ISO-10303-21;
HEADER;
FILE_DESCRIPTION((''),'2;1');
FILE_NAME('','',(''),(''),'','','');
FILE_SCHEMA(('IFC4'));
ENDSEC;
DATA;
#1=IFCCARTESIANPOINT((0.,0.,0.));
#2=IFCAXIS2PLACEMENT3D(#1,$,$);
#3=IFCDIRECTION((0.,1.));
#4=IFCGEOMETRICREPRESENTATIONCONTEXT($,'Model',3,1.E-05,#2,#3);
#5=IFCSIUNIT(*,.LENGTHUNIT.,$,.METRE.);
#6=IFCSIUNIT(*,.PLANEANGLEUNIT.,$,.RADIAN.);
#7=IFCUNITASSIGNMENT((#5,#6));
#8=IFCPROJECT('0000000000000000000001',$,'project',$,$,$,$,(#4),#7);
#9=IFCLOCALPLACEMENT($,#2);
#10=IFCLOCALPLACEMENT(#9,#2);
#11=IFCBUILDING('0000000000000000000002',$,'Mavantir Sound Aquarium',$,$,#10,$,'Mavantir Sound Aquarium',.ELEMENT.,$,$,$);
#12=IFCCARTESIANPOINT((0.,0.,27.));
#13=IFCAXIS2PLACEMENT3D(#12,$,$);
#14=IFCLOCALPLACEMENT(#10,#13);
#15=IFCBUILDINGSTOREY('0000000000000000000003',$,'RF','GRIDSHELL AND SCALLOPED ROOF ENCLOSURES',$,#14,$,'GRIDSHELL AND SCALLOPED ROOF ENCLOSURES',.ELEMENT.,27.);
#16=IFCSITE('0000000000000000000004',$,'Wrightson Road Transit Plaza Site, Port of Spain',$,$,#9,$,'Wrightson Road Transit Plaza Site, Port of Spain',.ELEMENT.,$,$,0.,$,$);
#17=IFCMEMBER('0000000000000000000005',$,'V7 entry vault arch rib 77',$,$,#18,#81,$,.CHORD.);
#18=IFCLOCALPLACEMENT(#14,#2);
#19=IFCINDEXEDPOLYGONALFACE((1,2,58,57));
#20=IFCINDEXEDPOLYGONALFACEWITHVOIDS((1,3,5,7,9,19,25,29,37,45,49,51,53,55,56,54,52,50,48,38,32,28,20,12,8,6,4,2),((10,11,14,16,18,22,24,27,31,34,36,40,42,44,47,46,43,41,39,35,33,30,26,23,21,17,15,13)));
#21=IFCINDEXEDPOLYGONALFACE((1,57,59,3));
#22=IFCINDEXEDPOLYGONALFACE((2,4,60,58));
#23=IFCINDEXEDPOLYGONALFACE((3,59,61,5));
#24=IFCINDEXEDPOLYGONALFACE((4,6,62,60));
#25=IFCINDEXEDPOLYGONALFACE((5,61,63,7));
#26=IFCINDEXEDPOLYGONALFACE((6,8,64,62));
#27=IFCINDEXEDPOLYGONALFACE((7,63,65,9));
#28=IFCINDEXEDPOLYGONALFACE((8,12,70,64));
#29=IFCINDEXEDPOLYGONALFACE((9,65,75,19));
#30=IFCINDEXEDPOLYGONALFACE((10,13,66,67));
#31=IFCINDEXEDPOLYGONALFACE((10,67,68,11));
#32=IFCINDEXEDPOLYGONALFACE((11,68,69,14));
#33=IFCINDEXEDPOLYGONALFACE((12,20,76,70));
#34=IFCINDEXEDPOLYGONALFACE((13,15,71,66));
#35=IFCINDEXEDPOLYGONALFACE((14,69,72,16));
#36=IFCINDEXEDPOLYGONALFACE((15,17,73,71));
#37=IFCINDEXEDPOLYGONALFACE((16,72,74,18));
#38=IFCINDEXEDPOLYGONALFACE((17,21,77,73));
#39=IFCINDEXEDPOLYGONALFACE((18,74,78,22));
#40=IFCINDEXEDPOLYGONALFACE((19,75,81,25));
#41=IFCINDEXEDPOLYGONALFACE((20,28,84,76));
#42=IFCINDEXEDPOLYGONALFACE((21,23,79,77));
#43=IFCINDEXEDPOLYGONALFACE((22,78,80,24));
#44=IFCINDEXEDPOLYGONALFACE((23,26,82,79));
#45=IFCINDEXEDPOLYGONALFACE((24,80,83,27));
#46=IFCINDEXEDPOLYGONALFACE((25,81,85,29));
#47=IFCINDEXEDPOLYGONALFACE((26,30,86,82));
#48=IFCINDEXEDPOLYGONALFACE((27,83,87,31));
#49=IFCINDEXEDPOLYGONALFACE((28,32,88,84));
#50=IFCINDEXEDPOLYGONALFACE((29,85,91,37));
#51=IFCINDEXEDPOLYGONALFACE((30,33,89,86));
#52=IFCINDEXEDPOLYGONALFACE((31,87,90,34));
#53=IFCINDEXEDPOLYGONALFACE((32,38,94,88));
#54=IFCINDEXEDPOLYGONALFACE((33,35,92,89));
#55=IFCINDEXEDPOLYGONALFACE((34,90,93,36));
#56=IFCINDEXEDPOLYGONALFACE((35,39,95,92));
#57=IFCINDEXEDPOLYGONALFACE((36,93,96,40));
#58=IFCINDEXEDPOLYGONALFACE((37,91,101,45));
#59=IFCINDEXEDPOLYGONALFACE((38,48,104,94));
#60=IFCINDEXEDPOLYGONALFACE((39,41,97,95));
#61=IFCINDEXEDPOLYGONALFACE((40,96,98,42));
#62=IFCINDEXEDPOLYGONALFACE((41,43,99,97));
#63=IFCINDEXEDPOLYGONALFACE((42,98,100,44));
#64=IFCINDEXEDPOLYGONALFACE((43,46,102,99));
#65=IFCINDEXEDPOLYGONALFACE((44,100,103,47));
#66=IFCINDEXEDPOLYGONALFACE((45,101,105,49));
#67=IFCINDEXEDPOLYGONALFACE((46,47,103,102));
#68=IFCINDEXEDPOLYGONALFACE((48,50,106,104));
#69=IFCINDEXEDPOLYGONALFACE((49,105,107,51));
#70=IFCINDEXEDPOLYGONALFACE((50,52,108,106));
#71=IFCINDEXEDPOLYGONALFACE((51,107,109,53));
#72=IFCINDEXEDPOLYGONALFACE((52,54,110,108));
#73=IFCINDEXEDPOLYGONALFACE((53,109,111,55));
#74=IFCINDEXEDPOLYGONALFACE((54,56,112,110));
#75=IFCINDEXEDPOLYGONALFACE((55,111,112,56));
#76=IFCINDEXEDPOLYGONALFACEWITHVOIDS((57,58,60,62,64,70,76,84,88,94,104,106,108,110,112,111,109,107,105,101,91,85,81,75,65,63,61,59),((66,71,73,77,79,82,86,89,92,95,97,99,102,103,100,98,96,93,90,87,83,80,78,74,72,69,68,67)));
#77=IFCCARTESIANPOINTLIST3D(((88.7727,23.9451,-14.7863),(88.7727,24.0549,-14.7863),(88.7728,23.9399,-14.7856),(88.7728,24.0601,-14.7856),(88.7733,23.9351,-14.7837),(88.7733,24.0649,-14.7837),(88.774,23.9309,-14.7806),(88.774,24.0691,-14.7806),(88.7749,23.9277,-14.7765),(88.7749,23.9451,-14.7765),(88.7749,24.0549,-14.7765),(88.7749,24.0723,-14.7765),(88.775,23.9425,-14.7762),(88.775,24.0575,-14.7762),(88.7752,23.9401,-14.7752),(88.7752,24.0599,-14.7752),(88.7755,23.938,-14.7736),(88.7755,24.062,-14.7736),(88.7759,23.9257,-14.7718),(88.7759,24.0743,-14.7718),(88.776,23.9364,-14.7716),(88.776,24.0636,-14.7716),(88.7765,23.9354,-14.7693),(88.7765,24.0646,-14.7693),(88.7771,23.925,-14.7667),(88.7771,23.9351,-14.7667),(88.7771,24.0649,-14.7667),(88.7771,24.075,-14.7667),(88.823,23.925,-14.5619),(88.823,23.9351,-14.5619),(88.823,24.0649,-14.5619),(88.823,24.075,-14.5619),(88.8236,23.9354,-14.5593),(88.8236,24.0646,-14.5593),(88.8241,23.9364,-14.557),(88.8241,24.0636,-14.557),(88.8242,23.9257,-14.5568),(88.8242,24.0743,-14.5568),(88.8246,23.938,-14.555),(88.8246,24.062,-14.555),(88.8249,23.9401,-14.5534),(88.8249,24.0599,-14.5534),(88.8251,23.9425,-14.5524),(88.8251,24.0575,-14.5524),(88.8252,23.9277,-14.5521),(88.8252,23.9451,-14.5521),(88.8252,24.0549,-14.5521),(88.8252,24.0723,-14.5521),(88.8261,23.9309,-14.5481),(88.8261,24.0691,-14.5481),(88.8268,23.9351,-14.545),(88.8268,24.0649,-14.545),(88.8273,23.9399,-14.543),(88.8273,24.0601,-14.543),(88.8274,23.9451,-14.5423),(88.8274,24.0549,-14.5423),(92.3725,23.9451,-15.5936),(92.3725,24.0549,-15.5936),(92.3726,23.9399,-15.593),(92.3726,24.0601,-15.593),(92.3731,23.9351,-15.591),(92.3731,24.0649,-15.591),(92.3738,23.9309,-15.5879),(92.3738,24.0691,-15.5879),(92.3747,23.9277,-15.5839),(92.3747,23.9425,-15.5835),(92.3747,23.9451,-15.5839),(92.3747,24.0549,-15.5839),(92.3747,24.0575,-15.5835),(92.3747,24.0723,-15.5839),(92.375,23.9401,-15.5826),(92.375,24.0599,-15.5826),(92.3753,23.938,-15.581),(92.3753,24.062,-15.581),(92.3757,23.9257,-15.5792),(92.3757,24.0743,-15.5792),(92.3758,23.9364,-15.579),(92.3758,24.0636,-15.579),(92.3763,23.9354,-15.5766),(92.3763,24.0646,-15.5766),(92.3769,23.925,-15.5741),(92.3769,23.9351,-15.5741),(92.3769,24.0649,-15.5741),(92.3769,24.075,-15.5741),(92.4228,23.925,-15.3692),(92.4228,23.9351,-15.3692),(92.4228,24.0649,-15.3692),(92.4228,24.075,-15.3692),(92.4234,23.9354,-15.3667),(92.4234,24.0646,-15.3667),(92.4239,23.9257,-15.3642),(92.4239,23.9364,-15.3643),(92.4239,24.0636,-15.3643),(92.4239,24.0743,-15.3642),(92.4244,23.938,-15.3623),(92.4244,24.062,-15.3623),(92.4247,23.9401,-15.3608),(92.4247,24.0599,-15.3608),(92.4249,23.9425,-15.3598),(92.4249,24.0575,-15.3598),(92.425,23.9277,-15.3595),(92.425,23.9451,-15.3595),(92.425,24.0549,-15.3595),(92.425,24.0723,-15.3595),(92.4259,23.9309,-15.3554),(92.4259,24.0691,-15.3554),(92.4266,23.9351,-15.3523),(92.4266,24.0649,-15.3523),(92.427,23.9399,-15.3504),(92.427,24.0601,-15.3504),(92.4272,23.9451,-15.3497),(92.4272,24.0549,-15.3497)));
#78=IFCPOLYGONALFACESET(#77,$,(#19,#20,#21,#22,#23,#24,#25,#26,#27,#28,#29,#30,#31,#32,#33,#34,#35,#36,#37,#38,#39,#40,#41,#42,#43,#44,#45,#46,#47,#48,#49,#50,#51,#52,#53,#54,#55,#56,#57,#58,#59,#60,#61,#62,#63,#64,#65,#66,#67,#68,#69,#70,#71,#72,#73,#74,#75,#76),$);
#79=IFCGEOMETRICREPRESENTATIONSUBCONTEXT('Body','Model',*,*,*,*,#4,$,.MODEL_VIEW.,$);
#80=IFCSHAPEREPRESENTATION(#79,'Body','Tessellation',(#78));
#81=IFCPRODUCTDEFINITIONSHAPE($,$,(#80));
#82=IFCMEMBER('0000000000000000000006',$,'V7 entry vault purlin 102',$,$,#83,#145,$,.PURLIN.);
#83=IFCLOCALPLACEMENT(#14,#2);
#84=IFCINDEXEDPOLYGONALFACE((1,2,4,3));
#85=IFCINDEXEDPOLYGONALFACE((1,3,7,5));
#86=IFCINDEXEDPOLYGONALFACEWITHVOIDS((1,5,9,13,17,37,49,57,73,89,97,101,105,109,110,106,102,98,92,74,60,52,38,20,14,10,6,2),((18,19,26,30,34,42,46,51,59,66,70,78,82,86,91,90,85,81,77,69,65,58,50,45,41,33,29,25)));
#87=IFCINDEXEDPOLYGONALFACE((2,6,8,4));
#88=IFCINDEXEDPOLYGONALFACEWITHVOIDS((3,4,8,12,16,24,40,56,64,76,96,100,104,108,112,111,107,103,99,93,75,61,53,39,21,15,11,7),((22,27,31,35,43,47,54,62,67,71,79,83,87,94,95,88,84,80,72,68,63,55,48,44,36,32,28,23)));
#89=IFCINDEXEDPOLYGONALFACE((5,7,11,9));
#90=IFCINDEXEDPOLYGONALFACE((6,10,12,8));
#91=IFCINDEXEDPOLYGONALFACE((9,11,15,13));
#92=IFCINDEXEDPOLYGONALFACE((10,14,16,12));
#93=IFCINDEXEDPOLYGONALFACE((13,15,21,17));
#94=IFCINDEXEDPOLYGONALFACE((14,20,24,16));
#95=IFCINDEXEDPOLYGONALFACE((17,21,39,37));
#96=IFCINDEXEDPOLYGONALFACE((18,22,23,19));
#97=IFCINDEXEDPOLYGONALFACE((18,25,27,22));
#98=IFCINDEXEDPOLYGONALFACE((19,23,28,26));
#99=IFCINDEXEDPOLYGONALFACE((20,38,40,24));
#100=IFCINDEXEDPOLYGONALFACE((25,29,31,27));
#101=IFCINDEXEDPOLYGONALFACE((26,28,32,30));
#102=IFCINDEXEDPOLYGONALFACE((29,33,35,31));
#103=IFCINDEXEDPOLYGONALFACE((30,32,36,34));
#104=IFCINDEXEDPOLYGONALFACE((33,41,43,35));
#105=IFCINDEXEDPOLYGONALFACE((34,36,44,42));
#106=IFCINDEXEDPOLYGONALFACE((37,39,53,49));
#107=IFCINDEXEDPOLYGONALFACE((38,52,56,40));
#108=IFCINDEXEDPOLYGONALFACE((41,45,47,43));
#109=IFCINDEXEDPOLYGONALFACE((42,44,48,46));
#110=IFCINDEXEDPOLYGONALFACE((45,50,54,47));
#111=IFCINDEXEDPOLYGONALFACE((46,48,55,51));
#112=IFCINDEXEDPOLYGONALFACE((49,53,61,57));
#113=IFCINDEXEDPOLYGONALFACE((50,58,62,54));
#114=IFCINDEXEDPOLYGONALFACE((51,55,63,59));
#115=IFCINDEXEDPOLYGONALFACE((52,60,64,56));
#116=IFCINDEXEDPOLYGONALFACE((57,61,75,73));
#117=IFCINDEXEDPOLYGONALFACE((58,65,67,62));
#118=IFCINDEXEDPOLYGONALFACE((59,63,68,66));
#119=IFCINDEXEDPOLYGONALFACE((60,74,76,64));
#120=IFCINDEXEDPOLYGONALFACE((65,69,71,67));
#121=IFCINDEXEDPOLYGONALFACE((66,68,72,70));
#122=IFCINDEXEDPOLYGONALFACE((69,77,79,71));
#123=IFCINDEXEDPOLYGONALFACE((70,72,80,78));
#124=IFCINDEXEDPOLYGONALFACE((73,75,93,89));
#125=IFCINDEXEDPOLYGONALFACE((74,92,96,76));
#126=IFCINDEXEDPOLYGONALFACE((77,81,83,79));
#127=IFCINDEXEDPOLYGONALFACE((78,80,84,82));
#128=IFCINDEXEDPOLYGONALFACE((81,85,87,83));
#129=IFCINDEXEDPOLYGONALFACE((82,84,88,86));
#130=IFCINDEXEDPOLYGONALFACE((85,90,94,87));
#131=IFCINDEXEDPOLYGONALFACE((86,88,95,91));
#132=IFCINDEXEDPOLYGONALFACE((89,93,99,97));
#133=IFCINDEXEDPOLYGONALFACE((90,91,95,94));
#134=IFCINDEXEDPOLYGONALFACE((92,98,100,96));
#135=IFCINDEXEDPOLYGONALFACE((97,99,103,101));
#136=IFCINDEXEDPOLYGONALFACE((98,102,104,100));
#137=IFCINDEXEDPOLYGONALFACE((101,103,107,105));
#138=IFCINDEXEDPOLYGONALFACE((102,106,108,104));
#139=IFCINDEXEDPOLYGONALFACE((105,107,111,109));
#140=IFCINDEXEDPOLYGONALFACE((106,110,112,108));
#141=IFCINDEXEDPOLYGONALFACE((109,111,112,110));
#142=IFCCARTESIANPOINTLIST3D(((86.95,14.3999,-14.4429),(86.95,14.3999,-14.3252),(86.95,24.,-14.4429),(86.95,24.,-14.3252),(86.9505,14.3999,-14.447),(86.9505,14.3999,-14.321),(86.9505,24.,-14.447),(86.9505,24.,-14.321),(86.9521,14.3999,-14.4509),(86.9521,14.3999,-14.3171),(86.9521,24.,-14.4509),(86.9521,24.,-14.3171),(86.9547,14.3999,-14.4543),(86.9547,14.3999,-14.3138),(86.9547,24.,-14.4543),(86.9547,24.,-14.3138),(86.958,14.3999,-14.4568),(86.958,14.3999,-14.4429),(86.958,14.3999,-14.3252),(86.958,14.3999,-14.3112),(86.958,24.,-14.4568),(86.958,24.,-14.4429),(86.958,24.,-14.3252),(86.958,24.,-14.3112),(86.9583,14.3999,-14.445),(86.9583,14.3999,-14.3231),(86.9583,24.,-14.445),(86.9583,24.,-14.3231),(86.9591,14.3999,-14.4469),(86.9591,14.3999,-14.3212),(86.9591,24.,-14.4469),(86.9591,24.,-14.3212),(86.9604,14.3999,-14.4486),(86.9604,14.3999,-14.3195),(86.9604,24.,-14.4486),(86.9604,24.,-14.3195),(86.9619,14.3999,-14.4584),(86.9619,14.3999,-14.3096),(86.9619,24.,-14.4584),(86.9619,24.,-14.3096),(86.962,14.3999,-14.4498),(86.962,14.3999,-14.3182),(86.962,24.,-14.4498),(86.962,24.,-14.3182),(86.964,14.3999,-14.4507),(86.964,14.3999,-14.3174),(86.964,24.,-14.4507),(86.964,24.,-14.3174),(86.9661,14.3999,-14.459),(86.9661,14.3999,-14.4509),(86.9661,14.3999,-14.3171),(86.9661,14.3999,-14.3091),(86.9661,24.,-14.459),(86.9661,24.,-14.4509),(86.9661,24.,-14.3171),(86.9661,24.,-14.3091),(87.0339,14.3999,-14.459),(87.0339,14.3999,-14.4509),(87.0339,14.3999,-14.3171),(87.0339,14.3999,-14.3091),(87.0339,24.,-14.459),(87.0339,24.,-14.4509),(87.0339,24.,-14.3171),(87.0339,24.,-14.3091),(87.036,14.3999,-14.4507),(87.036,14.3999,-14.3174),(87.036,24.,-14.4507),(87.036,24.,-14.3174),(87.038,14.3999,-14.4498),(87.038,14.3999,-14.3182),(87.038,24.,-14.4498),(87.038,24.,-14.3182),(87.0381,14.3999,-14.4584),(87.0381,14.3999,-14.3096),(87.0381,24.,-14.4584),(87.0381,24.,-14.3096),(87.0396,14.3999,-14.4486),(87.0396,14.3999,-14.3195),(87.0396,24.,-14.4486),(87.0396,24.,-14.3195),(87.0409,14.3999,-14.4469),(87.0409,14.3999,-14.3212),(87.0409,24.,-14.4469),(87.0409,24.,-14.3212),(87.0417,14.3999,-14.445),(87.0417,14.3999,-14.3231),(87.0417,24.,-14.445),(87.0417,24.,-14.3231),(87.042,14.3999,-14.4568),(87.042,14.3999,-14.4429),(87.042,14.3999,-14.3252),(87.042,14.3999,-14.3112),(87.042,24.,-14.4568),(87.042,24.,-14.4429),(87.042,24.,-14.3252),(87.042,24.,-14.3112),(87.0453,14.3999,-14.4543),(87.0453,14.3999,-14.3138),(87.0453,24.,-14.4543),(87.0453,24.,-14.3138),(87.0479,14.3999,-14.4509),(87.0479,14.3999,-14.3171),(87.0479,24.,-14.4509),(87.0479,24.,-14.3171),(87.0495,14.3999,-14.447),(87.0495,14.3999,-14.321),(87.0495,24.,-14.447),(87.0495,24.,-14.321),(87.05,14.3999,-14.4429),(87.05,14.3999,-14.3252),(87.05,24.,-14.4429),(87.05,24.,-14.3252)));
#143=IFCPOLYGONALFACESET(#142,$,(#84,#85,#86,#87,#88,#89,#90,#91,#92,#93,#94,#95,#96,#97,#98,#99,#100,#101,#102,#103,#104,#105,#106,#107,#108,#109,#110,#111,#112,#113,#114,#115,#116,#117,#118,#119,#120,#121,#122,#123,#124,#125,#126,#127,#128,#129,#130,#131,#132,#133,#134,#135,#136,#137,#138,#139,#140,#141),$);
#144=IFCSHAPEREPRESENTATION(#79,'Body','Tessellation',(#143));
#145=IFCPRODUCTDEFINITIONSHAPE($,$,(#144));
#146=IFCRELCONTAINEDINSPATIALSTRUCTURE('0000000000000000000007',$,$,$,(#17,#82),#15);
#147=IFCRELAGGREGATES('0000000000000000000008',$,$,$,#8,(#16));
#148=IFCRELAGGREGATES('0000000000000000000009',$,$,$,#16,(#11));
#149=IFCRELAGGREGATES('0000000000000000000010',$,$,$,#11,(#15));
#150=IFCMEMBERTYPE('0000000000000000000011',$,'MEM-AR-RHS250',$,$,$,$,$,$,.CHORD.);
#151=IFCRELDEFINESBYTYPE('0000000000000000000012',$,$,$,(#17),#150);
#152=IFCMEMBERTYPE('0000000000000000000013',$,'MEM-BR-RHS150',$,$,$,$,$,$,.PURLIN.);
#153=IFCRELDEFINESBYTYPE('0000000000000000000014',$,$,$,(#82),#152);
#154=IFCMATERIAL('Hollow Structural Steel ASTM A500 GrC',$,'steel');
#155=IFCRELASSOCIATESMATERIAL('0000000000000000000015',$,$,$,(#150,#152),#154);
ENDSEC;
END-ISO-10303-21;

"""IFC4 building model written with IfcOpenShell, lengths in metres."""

from ifc_helpers import new_model, si_unit, direction, frame, origin, origin_2d, place, context, subcontext, project, spatial, hollow_rectangle, extrude, material, material_profile, profile_set, type_object, element, save


model = new_model("IFC4")

# Units and contexts
model_context = context("Model", 3, precision=1e-05, world=origin(), true_north=direction((0.0, 1.0)))
body_context = subcontext(model_context, "Body", "Model", "MODEL_VIEW")
ifc_project = project(units=[si_unit("LENGTHUNIT", "METRE"), si_unit("PLANEANGLEUNIT", "RADIAN")], contexts=[model_context])

# Site, building, storey
site_placement = place(None, origin())
site = spatial("IfcSite", under=ifc_project, at=site_placement, Name="Wrightson Road Transit Plaza Site, Port of Spain", LongName="Wrightson Road Transit Plaza Site, Port of Spain", CompositionType="ELEMENT", RefElevation=0.0)
building_placement = place(site_placement, origin())
building = spatial("IfcBuilding", under=site, at=building_placement, Name="Mavantir Sound Aquarium", LongName="Mavantir Sound Aquarium", CompositionType="ELEMENT")
storey_placement = place(building_placement, frame((0.0, 0.0, 27.0)))
storey = spatial("IfcBuildingStorey", under=building, at=storey_placement, Name="RF", Description="GRIDSHELL AND SCALLOPED ROOF ENCLOSURES", LongName="GRIDSHELL AND SCALLOPED ROOF ENCLOSURES", CompositionType="ELEMENT", Elevation=27.0)

# Members
ifc_material_1 = material(Name="Hollow Structural Steel ASTM A500 GrC", Category="steel")
ifc_material_profile_1 = material_profile(ifc_material_1, hollow_rectangle(XDim=0.1499, YDim=0.25, WallThickness=0.01, InnerFilletRadius=0.01, OuterFilletRadius=0.02, at=origin_2d()), Name="RHS 250X150X10")
ifc_profile_set_1 = profile_set([ifc_material_profile_1], Name="Hollow Structural Steel ASTM A500 GrC")
member_type_1 = type_object("IfcMemberType", Name="MEM-AR-RHS250", PredefinedType="CHORD", material=ifc_profile_set_1)
member_1_placement = place(storey_placement, frame((88.8, 24.0, -14.6643), z_axis=(0.97576, 0.0, -0.218843), x_axis=(0.0, 1.0, 0.0)))
element("IfcMember", 1, at=member_1_placement, inside=storey, type_object=member_type_1, Name="V7 entry vault arch rib 77", PredefinedType="CHORD", context=body_context, shape_type="SweptSolid", body=[
    extrude(hollow_rectangle(XDim=0.1499, YDim=0.25, WallThickness=0.01, InnerFilletRadius=0.01, OuterFilletRadius=0.02, at=origin_2d()), origin(), (0.0, 0.0, 1.0), 3.6892),
])
ifc_material_profile_2 = material_profile(ifc_material_1, hollow_rectangle(XDim=0.1001, YDim=0.1499, WallThickness=0.0081, InnerFilletRadius=0.0081, OuterFilletRadius=0.0161, at=origin_2d()), Name="RHS 150X100X8")
ifc_profile_set_2 = profile_set([ifc_material_profile_2], Name="Hollow Structural Steel ASTM A500 GrC")
member_type_2 = type_object("IfcMemberType", Name="MEM-BR-RHS150", PredefinedType="PURLIN", material=ifc_profile_set_2)
for number, where, z_axis, x_axis, name in (
    (2, (87.0, 14.3999, -14.384), (0.0, 1.0, 0.0), (-1.0, 0.0, 0.0), "V7 entry vault purlin 102"),
):
    element("IfcMember", number, at=place(storey_placement, frame(where, z_axis=z_axis, x_axis=x_axis)), inside=storey, type_object=member_type_2, Name=name, PredefinedType="PURLIN", context=body_context, shape_type="SweptSolid", body=[
        extrude(hollow_rectangle(XDim=0.1001, YDim=0.1499, WallThickness=0.0081, InnerFilletRadius=0.0081, OuterFilletRadius=0.0161, at=origin_2d()), origin(), (0.0, 0.0, 1.0), 9.6001),
    ])

save(model, "model.ifc")
